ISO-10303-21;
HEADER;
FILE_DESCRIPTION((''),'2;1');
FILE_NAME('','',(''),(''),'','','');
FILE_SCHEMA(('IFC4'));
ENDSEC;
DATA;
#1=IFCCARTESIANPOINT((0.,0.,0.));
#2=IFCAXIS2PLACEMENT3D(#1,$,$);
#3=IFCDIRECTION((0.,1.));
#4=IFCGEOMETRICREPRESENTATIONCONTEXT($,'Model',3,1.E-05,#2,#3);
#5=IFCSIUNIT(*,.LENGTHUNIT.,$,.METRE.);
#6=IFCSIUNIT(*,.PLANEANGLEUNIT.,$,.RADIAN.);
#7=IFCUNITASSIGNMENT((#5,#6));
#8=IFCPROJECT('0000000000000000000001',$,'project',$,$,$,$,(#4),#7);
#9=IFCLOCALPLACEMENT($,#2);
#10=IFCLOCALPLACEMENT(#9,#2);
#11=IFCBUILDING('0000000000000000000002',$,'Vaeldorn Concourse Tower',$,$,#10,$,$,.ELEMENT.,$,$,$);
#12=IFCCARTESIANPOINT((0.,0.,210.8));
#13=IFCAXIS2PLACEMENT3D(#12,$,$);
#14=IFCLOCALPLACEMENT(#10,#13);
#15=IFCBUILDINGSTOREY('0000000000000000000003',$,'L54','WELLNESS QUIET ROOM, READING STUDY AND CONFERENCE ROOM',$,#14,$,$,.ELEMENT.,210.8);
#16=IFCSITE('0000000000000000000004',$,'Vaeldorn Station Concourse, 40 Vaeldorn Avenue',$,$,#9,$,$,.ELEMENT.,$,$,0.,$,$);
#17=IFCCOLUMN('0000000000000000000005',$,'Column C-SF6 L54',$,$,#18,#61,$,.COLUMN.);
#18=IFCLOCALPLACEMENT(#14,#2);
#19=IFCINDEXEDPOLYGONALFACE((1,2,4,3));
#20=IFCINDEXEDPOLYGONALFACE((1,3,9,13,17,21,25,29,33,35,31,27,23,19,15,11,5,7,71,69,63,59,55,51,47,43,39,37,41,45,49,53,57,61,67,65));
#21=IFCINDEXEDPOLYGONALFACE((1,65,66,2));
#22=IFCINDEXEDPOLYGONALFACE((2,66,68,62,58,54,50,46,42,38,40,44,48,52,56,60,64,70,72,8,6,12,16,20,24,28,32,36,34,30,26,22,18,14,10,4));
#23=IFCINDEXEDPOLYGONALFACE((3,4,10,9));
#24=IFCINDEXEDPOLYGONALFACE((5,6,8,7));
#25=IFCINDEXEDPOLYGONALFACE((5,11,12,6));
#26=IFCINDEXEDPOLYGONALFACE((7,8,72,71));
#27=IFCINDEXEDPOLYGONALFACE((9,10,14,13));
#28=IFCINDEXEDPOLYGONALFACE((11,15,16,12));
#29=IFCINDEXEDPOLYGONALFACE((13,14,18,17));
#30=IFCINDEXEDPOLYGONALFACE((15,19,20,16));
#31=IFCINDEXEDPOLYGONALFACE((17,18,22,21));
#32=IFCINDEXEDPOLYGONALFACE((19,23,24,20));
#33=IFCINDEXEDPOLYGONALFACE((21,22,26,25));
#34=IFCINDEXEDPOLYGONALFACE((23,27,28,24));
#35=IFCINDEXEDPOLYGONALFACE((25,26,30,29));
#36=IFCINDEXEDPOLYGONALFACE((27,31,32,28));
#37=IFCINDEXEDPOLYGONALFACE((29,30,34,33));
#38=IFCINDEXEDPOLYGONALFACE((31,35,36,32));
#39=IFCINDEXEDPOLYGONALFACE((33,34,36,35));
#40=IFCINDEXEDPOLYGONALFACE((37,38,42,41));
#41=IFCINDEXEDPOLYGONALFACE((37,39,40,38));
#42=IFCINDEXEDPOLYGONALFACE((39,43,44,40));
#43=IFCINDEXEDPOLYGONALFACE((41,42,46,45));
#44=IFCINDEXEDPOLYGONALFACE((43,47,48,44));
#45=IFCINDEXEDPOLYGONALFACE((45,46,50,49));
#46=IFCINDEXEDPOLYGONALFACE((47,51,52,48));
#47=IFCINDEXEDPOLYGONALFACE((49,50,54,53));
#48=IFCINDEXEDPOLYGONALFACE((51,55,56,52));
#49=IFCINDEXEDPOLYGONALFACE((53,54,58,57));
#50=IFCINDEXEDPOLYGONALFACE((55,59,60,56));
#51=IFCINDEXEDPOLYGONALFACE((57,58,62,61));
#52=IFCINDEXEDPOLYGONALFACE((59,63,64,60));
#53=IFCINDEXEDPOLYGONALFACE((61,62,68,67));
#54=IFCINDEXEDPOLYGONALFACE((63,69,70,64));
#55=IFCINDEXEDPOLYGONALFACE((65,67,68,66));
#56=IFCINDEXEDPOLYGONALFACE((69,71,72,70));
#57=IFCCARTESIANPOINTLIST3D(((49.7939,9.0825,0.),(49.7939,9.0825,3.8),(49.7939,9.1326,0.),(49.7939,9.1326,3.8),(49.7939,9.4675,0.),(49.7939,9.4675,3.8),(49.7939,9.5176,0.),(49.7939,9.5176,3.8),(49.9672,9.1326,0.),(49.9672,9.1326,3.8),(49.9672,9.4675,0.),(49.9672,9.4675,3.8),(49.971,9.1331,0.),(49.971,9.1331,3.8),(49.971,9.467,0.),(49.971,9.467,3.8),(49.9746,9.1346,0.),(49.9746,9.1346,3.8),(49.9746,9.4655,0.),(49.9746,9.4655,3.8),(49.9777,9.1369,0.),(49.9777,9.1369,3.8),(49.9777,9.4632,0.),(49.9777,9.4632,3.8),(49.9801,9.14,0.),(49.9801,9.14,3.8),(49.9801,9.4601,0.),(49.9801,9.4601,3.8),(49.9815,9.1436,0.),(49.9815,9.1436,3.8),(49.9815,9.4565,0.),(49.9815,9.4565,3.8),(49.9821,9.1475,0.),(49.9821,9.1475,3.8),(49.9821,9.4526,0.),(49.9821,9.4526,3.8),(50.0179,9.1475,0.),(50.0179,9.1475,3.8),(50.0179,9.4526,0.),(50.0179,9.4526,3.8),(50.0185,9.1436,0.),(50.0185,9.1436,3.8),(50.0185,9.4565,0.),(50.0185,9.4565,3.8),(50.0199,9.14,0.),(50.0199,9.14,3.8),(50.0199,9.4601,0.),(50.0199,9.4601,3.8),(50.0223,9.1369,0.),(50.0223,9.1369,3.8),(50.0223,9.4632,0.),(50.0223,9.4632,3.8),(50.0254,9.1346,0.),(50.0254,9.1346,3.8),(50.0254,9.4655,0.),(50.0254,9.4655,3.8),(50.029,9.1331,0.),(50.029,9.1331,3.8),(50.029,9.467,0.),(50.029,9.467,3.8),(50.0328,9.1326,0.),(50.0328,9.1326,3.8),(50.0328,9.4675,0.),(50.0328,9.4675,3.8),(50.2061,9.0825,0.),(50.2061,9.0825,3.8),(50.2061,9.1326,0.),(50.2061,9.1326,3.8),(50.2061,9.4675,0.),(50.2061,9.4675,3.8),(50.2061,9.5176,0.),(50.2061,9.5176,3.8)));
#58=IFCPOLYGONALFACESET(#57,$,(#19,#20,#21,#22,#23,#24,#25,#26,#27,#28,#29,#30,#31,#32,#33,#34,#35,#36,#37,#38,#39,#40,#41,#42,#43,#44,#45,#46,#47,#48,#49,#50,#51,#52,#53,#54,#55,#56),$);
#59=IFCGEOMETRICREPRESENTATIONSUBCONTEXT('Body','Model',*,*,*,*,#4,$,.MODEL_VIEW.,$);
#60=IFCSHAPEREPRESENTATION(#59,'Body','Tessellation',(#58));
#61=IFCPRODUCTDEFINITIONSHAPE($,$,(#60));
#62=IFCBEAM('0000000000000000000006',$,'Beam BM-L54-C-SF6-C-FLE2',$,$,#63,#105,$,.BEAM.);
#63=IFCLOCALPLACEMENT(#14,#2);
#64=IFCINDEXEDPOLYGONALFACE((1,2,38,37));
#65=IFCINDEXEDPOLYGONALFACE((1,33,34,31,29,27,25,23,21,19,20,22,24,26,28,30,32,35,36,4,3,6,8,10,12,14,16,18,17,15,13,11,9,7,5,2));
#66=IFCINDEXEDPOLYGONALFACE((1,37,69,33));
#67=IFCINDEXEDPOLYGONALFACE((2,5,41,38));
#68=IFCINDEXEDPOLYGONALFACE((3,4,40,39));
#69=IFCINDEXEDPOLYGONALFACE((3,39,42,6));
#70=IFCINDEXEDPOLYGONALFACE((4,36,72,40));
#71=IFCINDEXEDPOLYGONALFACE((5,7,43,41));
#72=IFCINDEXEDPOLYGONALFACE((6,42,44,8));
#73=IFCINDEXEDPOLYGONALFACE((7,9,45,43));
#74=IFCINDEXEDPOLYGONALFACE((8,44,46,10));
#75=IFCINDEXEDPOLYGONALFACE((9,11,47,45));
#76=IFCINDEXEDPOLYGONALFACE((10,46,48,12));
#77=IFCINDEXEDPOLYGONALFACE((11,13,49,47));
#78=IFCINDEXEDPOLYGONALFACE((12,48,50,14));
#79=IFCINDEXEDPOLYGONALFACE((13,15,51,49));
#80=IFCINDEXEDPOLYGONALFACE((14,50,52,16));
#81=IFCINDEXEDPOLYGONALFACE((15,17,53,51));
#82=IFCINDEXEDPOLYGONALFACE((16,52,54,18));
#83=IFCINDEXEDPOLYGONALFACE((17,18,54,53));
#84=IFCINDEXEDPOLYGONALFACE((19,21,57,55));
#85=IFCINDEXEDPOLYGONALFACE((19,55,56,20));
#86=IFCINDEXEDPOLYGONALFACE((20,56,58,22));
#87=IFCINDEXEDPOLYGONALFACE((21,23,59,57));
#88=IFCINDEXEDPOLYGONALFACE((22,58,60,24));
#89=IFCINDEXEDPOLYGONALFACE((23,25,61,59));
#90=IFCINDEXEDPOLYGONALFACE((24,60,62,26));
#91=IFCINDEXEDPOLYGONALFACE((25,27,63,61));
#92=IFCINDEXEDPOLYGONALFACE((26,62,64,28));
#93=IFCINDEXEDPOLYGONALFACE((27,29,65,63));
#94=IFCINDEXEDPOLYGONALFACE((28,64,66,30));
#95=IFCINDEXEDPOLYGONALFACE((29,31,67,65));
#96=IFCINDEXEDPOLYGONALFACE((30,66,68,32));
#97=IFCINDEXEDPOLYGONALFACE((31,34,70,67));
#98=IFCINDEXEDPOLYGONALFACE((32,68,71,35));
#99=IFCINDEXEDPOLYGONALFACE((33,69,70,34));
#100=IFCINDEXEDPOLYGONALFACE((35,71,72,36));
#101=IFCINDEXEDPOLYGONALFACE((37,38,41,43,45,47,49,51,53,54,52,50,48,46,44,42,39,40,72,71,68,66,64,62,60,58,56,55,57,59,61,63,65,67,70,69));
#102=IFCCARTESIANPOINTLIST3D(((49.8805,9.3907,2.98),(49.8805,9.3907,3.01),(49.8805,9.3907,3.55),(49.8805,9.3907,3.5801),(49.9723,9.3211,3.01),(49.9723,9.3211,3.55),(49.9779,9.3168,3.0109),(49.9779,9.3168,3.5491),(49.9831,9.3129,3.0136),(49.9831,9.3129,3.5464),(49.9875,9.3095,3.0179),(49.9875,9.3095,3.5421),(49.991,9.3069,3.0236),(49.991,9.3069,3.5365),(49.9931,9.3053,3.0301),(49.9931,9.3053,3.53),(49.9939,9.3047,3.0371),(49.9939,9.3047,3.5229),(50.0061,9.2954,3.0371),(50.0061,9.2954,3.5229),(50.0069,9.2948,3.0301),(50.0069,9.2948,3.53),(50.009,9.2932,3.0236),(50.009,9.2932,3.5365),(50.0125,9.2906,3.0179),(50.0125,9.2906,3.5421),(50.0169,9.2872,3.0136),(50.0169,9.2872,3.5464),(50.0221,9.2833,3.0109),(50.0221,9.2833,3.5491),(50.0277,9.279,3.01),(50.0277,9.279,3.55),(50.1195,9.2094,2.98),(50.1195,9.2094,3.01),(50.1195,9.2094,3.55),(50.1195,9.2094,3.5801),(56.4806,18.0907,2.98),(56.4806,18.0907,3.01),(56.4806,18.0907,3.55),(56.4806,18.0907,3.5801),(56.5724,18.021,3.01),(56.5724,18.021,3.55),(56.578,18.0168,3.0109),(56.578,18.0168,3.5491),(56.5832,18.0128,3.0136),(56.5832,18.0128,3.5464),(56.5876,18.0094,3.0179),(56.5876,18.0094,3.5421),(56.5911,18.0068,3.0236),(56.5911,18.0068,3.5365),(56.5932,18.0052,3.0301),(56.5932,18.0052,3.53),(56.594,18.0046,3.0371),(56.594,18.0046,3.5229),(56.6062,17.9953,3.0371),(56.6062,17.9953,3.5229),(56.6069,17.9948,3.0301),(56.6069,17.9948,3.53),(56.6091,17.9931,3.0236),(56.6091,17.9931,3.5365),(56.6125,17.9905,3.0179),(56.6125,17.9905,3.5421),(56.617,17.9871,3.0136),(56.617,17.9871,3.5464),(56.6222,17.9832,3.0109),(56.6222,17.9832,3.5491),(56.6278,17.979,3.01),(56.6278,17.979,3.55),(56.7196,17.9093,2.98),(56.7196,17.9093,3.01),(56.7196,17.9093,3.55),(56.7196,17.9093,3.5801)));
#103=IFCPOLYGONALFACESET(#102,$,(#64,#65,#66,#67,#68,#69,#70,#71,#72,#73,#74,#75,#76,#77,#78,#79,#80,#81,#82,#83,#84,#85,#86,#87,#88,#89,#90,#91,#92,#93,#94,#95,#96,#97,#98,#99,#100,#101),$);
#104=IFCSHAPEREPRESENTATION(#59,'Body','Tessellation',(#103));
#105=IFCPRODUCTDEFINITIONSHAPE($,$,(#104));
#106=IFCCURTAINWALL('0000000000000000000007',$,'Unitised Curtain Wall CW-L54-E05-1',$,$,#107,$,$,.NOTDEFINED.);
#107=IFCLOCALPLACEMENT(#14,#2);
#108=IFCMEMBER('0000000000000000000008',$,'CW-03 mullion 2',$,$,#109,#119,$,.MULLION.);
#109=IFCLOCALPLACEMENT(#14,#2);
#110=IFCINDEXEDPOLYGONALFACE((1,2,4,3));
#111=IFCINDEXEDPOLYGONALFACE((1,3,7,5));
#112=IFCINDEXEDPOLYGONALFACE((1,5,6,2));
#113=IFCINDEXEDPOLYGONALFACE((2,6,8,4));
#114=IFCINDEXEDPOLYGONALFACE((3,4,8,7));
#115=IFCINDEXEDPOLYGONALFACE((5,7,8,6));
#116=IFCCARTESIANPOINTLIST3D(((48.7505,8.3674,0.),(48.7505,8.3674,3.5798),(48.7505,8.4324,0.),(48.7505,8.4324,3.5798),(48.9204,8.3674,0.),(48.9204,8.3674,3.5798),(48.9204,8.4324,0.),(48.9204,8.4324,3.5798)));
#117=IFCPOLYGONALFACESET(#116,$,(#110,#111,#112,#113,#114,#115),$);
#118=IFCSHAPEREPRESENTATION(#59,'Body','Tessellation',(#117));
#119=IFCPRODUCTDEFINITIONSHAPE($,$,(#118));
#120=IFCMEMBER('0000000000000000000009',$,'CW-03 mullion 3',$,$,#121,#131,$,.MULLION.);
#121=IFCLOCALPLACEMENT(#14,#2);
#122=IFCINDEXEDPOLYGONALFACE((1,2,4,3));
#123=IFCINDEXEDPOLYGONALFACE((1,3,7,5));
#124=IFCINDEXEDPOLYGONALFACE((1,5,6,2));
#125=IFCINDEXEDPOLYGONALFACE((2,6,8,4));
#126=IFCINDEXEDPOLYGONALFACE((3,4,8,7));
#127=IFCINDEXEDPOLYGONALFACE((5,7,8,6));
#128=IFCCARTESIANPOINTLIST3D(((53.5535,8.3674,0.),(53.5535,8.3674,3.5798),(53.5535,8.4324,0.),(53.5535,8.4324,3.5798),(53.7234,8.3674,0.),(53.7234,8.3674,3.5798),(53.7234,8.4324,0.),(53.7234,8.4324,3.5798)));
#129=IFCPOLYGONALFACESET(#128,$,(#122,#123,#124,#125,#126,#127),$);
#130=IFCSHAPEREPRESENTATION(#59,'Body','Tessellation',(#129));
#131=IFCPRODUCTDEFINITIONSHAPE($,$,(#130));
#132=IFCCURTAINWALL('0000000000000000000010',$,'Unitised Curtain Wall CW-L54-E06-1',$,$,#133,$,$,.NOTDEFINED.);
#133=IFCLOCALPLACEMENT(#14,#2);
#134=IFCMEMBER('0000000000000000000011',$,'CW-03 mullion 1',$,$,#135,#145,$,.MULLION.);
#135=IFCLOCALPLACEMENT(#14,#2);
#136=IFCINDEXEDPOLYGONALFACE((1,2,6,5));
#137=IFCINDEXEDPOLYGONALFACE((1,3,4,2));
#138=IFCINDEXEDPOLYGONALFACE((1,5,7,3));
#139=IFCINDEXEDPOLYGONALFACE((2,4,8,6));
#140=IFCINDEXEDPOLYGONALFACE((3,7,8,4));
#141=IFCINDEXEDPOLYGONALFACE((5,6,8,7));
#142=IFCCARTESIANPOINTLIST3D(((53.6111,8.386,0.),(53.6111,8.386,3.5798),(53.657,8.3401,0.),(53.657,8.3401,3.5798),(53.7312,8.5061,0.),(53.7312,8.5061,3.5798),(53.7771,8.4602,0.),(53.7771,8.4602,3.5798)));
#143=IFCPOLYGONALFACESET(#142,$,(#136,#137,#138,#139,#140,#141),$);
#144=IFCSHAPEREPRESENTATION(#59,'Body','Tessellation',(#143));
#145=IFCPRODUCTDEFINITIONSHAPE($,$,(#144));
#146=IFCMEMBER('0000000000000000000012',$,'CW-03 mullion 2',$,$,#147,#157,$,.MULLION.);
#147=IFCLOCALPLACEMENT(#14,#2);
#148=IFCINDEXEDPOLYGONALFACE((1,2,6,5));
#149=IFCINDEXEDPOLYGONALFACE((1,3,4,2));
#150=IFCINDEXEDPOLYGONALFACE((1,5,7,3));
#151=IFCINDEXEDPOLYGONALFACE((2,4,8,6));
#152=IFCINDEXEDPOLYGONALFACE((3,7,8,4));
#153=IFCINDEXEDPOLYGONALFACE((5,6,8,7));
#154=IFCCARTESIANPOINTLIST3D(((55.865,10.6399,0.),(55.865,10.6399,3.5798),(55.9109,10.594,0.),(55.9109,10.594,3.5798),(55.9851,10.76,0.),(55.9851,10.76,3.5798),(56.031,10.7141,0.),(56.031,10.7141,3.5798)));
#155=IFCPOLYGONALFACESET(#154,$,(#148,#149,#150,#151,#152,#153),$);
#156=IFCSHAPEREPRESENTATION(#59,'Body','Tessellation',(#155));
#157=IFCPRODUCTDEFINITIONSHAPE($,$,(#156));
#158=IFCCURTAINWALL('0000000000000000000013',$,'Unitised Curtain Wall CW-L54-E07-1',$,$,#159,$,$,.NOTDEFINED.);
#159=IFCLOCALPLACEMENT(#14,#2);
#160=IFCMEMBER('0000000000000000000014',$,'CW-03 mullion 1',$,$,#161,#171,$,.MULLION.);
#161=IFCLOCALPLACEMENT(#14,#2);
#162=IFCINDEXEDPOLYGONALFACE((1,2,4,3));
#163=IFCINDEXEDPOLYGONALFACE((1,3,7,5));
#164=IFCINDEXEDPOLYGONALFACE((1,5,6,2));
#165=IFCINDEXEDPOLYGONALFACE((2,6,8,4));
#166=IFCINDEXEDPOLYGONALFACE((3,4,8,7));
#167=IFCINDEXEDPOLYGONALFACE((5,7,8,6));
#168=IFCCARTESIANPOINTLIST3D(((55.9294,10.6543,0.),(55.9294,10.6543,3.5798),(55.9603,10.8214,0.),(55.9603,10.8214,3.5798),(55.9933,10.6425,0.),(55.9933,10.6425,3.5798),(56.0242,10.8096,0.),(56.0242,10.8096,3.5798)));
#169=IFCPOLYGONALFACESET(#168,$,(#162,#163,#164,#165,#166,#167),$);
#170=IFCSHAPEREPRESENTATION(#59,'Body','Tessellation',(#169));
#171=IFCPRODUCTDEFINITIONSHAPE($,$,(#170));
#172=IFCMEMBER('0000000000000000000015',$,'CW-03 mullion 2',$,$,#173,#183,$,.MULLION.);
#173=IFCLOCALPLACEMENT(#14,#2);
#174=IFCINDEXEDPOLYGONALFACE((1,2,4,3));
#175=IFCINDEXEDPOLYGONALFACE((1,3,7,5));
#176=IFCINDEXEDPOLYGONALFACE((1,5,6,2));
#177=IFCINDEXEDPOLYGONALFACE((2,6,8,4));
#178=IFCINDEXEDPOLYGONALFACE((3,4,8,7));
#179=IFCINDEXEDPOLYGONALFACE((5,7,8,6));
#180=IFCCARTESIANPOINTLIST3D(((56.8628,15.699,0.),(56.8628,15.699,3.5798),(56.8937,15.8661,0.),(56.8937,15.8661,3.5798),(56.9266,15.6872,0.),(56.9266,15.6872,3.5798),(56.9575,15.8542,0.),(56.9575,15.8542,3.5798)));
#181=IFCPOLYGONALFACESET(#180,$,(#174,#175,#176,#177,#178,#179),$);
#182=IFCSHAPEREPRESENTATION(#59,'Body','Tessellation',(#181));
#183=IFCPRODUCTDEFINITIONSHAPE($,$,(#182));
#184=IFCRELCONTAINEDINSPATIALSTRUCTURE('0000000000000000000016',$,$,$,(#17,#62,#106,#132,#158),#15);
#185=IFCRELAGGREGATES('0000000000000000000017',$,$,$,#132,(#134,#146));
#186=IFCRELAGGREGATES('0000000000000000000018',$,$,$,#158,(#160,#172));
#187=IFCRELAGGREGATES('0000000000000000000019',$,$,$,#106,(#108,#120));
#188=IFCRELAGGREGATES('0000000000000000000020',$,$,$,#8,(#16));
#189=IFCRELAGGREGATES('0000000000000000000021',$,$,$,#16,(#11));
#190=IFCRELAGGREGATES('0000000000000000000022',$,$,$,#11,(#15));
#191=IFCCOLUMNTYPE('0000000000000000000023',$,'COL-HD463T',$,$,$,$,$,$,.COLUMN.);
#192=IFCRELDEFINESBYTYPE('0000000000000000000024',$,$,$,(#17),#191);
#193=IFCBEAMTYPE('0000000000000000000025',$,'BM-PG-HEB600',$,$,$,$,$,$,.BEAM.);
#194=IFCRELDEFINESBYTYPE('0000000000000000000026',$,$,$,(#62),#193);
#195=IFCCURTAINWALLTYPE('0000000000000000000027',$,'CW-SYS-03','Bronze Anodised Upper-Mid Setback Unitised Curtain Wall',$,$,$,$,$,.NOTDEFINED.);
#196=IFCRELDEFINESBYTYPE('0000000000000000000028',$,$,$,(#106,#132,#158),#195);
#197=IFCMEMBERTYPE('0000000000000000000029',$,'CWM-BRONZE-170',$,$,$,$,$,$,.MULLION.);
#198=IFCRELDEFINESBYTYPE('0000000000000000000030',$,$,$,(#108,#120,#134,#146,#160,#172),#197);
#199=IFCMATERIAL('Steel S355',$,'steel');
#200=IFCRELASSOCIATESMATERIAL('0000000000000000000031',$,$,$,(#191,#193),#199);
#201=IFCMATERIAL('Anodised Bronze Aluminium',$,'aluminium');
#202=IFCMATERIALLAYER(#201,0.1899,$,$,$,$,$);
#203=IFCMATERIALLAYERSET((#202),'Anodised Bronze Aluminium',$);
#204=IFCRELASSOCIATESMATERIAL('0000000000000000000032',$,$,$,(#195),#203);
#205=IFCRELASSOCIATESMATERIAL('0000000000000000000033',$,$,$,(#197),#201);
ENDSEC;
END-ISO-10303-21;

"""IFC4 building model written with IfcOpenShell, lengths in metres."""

from ifc_helpers import new_model, si_unit, direction, frame, origin, origin_2d, place, context, subcontext, project, spatial, rectangle, i_section, extrude, source, transform, mapped, material, layer, layer_set, material_profile, profile_set, type_object, element, aggregate, save


model = new_model("IFC4")

# Units and contexts
model_context = context("Model", 3, precision=1e-05, world=origin(), true_north=direction((0.0, 1.0)))
body_context = subcontext(model_context, "Body", "Model", "MODEL_VIEW")
ifc_project = project(units=[si_unit("LENGTHUNIT", "METRE"), si_unit("PLANEANGLEUNIT", "RADIAN")], contexts=[model_context])

# Site, building, storey
site_placement = place(None, origin())
site = spatial("IfcSite", under=ifc_project, at=site_placement, Name="Vaeldorn Station Concourse, 40 Vaeldorn Avenue", CompositionType="ELEMENT", RefElevation=0.0)
building_placement = place(site_placement, origin())
building = spatial("IfcBuilding", under=site, at=building_placement, Name="Vaeldorn Concourse Tower", CompositionType="ELEMENT")
storey_placement = place(building_placement, frame((0.0, 0.0, 210.8)))
storey = spatial("IfcBuildingStorey", under=building, at=storey_placement, Name="L54", Description="WELLNESS QUIET ROOM, READING STUDY AND CONFERENCE ROOM", CompositionType="ELEMENT", Elevation=210.8)

# Column
ifc_material_1 = material(Name="Steel S355", Category="steel")
ifc_material_profile_1 = material_profile(ifc_material_1, i_section(OverallWidth=0.4121, OverallDepth=0.4351, WebThickness=0.0359, FlangeThickness=0.05, FilletRadius=0.0149, at=origin_2d()), Name="HD 400x463")
ifc_profile_set_1 = profile_set([ifc_material_profile_1], Name="Steel S355")
column_type = type_object("IfcColumnType", Name="COL-HD463T", PredefinedType="COLUMN", material=ifc_profile_set_1)
shared_shape_1 = source(origin(), body_context, "Body", "SweptSolid", [
    extrude(i_section(OverallWidth=0.4121, OverallDepth=0.4351, WebThickness=0.0359, FlangeThickness=0.05, FilletRadius=0.0149, at=origin_2d()), origin(), (0.0, 0.0, 1.0), 3.8),
])
column_placement = place(storey_placement, frame((50.0, 9.3, 0.0), z_axis=(0.0, 0.0, 1.0), x_axis=(1.0, 0.0, 0.0)))
element("IfcColumn", 1, at=column_placement, inside=storey, type_object=column_type, Name="Column C-SF6 L54", PredefinedType="COLUMN", context=body_context, shape_type="MappedRepresentation", body=[
    mapped(shared_shape_1, transform((0.0, 0.0, 0.0), scale=1.0)),
])

# Beam
ifc_material_profile_2 = material_profile(ifc_material_1, i_section(OverallWidth=0.3, OverallDepth=0.6001, WebThickness=0.0154, FlangeThickness=0.03, FilletRadius=0.0271, at=origin_2d()), Name="HEB 600")
ifc_profile_set_2 = profile_set([ifc_material_profile_2], Name="Steel S355")
beam_type = type_object("IfcBeamType", Name="BM-PG-HEB600", PredefinedType="BEAM", material=ifc_profile_set_2)
shared_shape_2 = source(origin(), body_context, "Body", "SweptSolid", [
    extrude(i_section(OverallWidth=0.3, OverallDepth=0.6001, WebThickness=0.0154, FlangeThickness=0.03, FilletRadius=0.0271, at=origin_2d()), origin(), (0.0, 0.0, 1.0), 10.9202),
])
beam_placement = place(storey_placement, frame((50.0, 9.3, 3.28), z_axis=(0.604394, 0.796685, 0.0), x_axis=(-0.796685, 0.604394, 0.0)))
element("IfcBeam", 2, at=beam_placement, inside=storey, type_object=beam_type, Name="Beam BM-L54-C-SF6-C-FLE2", PredefinedType="BEAM", context=body_context, shape_type="MappedRepresentation", body=[
    mapped(shared_shape_2, transform((0.0, 0.0, 0.0), scale=1.0)),
])

# Curtain walls, members
ifc_material_2 = material(Name="Anodised Bronze Aluminium", Category="aluminium")
ifc_layer_1 = layer(ifc_material_2, 0.1899)
ifc_layer_set_1 = layer_set([ifc_layer_1], Name="Anodised Bronze Aluminium")
curtain_wall_type = type_object("IfcCurtainWallType", Name="CW-SYS-03", Description="Bronze Anodised Upper-Mid Setback Unitised Curtain Wall", PredefinedType="NOTDEFINED", material=ifc_layer_set_1)
curtain_wall_1_placement = place(storey_placement, origin())
curtain_wall_1 = element("IfcCurtainWall", 3, at=curtain_wall_1_placement, inside=storey, type_object=curtain_wall_type, Name="Unitised Curtain Wall CW-L54-E05-1", PredefinedType="NOTDEFINED")
ifc_material_profile_3 = material_profile(ifc_material_2, rectangle(XDim=0.0649, YDim=0.1699, at=origin_2d()), Name="CWM 65x170")
ifc_profile_set_3 = profile_set([ifc_material_profile_3], Name="Anodised Bronze Aluminium")
member_type_1 = type_object("IfcMemberType", Name="CWM-BRONZE-170", PredefinedType="MULLION", material=ifc_profile_set_3)
shared_shape_3 = source(origin(), body_context, "Body", "SweptSolid", [
    extrude(rectangle(XDim=0.0649, YDim=0.1699, at=origin_2d()), origin(), (0.0, 0.0, 1.0), 3.5798),
])
member_1_placement = place(storey_placement, frame((48.8354, 8.3999, 0.0), z_axis=(0.0, 0.0, 1.0), x_axis=(0.0, 1.0, 0.0)))
member_1 = element("IfcMember", 4, at=member_1_placement, type_object=member_type_1, Name="CW-03 mullion 2", PredefinedType="MULLION", context=body_context, shape_type="MappedRepresentation", body=[
    mapped(shared_shape_3, transform((0.0, 0.0, 0.0), scale=1.0)),
])
member_2_placement = place(storey_placement, frame((53.6384, 8.3999, 0.0), z_axis=(0.0, 0.0, 1.0), x_axis=(0.0, 1.0, 0.0)))
member_2 = element("IfcMember", 5, at=member_2_placement, type_object=member_type_1, Name="CW-03 mullion 3", PredefinedType="MULLION", context=body_context, shape_type="MappedRepresentation", body=[
    mapped(shared_shape_3, transform((0.0, 0.0, 0.0), scale=1.0)),
])
curtain_wall_2_placement = place(storey_placement, origin())
curtain_wall_2 = element("IfcCurtainWall", 6, at=curtain_wall_2_placement, inside=storey, type_object=curtain_wall_type, Name="Unitised Curtain Wall CW-L54-E06-1", PredefinedType="NOTDEFINED")
member_3_placement = place(storey_placement, frame((53.6941, 8.4231, 0.0), z_axis=(0.0, 0.0, 1.0), x_axis=(-0.707107, 0.707107, 0.0)))
member_3 = element("IfcMember", 7, at=member_3_placement, type_object=member_type_1, Name="CW-03 mullion 1", PredefinedType="MULLION", context=body_context, shape_type="MappedRepresentation", body=[
    mapped(shared_shape_3, transform((0.0, 0.0, 0.0), scale=1.0)),
])
member_4_placement = place(storey_placement, frame((55.948, 10.677, 0.0), z_axis=(0.0, 0.0, 1.0), x_axis=(-0.707107, 0.707107, 0.0)))
member_4 = element("IfcMember", 8, at=member_4_placement, type_object=member_type_1, Name="CW-03 mullion 2", PredefinedType="MULLION", context=body_context, shape_type="MappedRepresentation", body=[
    mapped(shared_shape_3, transform((0.0, 0.0, 0.0), scale=1.0)),
])
curtain_wall_3_placement = place(storey_placement, origin())
curtain_wall_3 = element("IfcCurtainWall", 9, at=curtain_wall_3_placement, inside=storey, type_object=curtain_wall_type, Name="Unitised Curtain Wall CW-L54-E07-1", PredefinedType="NOTDEFINED")
member_5_placement = place(storey_placement, frame((55.9768, 10.7319, 0.0), z_axis=(0.0, 0.0, 1.0), x_axis=(-0.983319, 0.181889, 0.0)))
member_5 = element("IfcMember", 10, at=member_5_placement, type_object=member_type_1, Name="CW-03 mullion 1", PredefinedType="MULLION", context=body_context, shape_type="MappedRepresentation", body=[
    mapped(shared_shape_3, transform((0.0, 0.0, 0.0), scale=1.0)),
])
member_6_placement = place(storey_placement, frame((56.9102, 15.7766, 0.0), z_axis=(0.0, 0.0, 1.0), x_axis=(-0.983319, 0.181889, 0.0)))
member_6 = element("IfcMember", 11, at=member_6_placement, type_object=member_type_1, Name="CW-03 mullion 2", PredefinedType="MULLION", context=body_context, shape_type="MappedRepresentation", body=[
    mapped(shared_shape_3, transform((0.0, 0.0, 0.0), scale=1.0)),
])

aggregate(curtain_wall_2, [member_3, member_4])
aggregate(curtain_wall_3, [member_5, member_6])
aggregate(curtain_wall_1, [member_1, member_2])

save(model, "model.ifc")
